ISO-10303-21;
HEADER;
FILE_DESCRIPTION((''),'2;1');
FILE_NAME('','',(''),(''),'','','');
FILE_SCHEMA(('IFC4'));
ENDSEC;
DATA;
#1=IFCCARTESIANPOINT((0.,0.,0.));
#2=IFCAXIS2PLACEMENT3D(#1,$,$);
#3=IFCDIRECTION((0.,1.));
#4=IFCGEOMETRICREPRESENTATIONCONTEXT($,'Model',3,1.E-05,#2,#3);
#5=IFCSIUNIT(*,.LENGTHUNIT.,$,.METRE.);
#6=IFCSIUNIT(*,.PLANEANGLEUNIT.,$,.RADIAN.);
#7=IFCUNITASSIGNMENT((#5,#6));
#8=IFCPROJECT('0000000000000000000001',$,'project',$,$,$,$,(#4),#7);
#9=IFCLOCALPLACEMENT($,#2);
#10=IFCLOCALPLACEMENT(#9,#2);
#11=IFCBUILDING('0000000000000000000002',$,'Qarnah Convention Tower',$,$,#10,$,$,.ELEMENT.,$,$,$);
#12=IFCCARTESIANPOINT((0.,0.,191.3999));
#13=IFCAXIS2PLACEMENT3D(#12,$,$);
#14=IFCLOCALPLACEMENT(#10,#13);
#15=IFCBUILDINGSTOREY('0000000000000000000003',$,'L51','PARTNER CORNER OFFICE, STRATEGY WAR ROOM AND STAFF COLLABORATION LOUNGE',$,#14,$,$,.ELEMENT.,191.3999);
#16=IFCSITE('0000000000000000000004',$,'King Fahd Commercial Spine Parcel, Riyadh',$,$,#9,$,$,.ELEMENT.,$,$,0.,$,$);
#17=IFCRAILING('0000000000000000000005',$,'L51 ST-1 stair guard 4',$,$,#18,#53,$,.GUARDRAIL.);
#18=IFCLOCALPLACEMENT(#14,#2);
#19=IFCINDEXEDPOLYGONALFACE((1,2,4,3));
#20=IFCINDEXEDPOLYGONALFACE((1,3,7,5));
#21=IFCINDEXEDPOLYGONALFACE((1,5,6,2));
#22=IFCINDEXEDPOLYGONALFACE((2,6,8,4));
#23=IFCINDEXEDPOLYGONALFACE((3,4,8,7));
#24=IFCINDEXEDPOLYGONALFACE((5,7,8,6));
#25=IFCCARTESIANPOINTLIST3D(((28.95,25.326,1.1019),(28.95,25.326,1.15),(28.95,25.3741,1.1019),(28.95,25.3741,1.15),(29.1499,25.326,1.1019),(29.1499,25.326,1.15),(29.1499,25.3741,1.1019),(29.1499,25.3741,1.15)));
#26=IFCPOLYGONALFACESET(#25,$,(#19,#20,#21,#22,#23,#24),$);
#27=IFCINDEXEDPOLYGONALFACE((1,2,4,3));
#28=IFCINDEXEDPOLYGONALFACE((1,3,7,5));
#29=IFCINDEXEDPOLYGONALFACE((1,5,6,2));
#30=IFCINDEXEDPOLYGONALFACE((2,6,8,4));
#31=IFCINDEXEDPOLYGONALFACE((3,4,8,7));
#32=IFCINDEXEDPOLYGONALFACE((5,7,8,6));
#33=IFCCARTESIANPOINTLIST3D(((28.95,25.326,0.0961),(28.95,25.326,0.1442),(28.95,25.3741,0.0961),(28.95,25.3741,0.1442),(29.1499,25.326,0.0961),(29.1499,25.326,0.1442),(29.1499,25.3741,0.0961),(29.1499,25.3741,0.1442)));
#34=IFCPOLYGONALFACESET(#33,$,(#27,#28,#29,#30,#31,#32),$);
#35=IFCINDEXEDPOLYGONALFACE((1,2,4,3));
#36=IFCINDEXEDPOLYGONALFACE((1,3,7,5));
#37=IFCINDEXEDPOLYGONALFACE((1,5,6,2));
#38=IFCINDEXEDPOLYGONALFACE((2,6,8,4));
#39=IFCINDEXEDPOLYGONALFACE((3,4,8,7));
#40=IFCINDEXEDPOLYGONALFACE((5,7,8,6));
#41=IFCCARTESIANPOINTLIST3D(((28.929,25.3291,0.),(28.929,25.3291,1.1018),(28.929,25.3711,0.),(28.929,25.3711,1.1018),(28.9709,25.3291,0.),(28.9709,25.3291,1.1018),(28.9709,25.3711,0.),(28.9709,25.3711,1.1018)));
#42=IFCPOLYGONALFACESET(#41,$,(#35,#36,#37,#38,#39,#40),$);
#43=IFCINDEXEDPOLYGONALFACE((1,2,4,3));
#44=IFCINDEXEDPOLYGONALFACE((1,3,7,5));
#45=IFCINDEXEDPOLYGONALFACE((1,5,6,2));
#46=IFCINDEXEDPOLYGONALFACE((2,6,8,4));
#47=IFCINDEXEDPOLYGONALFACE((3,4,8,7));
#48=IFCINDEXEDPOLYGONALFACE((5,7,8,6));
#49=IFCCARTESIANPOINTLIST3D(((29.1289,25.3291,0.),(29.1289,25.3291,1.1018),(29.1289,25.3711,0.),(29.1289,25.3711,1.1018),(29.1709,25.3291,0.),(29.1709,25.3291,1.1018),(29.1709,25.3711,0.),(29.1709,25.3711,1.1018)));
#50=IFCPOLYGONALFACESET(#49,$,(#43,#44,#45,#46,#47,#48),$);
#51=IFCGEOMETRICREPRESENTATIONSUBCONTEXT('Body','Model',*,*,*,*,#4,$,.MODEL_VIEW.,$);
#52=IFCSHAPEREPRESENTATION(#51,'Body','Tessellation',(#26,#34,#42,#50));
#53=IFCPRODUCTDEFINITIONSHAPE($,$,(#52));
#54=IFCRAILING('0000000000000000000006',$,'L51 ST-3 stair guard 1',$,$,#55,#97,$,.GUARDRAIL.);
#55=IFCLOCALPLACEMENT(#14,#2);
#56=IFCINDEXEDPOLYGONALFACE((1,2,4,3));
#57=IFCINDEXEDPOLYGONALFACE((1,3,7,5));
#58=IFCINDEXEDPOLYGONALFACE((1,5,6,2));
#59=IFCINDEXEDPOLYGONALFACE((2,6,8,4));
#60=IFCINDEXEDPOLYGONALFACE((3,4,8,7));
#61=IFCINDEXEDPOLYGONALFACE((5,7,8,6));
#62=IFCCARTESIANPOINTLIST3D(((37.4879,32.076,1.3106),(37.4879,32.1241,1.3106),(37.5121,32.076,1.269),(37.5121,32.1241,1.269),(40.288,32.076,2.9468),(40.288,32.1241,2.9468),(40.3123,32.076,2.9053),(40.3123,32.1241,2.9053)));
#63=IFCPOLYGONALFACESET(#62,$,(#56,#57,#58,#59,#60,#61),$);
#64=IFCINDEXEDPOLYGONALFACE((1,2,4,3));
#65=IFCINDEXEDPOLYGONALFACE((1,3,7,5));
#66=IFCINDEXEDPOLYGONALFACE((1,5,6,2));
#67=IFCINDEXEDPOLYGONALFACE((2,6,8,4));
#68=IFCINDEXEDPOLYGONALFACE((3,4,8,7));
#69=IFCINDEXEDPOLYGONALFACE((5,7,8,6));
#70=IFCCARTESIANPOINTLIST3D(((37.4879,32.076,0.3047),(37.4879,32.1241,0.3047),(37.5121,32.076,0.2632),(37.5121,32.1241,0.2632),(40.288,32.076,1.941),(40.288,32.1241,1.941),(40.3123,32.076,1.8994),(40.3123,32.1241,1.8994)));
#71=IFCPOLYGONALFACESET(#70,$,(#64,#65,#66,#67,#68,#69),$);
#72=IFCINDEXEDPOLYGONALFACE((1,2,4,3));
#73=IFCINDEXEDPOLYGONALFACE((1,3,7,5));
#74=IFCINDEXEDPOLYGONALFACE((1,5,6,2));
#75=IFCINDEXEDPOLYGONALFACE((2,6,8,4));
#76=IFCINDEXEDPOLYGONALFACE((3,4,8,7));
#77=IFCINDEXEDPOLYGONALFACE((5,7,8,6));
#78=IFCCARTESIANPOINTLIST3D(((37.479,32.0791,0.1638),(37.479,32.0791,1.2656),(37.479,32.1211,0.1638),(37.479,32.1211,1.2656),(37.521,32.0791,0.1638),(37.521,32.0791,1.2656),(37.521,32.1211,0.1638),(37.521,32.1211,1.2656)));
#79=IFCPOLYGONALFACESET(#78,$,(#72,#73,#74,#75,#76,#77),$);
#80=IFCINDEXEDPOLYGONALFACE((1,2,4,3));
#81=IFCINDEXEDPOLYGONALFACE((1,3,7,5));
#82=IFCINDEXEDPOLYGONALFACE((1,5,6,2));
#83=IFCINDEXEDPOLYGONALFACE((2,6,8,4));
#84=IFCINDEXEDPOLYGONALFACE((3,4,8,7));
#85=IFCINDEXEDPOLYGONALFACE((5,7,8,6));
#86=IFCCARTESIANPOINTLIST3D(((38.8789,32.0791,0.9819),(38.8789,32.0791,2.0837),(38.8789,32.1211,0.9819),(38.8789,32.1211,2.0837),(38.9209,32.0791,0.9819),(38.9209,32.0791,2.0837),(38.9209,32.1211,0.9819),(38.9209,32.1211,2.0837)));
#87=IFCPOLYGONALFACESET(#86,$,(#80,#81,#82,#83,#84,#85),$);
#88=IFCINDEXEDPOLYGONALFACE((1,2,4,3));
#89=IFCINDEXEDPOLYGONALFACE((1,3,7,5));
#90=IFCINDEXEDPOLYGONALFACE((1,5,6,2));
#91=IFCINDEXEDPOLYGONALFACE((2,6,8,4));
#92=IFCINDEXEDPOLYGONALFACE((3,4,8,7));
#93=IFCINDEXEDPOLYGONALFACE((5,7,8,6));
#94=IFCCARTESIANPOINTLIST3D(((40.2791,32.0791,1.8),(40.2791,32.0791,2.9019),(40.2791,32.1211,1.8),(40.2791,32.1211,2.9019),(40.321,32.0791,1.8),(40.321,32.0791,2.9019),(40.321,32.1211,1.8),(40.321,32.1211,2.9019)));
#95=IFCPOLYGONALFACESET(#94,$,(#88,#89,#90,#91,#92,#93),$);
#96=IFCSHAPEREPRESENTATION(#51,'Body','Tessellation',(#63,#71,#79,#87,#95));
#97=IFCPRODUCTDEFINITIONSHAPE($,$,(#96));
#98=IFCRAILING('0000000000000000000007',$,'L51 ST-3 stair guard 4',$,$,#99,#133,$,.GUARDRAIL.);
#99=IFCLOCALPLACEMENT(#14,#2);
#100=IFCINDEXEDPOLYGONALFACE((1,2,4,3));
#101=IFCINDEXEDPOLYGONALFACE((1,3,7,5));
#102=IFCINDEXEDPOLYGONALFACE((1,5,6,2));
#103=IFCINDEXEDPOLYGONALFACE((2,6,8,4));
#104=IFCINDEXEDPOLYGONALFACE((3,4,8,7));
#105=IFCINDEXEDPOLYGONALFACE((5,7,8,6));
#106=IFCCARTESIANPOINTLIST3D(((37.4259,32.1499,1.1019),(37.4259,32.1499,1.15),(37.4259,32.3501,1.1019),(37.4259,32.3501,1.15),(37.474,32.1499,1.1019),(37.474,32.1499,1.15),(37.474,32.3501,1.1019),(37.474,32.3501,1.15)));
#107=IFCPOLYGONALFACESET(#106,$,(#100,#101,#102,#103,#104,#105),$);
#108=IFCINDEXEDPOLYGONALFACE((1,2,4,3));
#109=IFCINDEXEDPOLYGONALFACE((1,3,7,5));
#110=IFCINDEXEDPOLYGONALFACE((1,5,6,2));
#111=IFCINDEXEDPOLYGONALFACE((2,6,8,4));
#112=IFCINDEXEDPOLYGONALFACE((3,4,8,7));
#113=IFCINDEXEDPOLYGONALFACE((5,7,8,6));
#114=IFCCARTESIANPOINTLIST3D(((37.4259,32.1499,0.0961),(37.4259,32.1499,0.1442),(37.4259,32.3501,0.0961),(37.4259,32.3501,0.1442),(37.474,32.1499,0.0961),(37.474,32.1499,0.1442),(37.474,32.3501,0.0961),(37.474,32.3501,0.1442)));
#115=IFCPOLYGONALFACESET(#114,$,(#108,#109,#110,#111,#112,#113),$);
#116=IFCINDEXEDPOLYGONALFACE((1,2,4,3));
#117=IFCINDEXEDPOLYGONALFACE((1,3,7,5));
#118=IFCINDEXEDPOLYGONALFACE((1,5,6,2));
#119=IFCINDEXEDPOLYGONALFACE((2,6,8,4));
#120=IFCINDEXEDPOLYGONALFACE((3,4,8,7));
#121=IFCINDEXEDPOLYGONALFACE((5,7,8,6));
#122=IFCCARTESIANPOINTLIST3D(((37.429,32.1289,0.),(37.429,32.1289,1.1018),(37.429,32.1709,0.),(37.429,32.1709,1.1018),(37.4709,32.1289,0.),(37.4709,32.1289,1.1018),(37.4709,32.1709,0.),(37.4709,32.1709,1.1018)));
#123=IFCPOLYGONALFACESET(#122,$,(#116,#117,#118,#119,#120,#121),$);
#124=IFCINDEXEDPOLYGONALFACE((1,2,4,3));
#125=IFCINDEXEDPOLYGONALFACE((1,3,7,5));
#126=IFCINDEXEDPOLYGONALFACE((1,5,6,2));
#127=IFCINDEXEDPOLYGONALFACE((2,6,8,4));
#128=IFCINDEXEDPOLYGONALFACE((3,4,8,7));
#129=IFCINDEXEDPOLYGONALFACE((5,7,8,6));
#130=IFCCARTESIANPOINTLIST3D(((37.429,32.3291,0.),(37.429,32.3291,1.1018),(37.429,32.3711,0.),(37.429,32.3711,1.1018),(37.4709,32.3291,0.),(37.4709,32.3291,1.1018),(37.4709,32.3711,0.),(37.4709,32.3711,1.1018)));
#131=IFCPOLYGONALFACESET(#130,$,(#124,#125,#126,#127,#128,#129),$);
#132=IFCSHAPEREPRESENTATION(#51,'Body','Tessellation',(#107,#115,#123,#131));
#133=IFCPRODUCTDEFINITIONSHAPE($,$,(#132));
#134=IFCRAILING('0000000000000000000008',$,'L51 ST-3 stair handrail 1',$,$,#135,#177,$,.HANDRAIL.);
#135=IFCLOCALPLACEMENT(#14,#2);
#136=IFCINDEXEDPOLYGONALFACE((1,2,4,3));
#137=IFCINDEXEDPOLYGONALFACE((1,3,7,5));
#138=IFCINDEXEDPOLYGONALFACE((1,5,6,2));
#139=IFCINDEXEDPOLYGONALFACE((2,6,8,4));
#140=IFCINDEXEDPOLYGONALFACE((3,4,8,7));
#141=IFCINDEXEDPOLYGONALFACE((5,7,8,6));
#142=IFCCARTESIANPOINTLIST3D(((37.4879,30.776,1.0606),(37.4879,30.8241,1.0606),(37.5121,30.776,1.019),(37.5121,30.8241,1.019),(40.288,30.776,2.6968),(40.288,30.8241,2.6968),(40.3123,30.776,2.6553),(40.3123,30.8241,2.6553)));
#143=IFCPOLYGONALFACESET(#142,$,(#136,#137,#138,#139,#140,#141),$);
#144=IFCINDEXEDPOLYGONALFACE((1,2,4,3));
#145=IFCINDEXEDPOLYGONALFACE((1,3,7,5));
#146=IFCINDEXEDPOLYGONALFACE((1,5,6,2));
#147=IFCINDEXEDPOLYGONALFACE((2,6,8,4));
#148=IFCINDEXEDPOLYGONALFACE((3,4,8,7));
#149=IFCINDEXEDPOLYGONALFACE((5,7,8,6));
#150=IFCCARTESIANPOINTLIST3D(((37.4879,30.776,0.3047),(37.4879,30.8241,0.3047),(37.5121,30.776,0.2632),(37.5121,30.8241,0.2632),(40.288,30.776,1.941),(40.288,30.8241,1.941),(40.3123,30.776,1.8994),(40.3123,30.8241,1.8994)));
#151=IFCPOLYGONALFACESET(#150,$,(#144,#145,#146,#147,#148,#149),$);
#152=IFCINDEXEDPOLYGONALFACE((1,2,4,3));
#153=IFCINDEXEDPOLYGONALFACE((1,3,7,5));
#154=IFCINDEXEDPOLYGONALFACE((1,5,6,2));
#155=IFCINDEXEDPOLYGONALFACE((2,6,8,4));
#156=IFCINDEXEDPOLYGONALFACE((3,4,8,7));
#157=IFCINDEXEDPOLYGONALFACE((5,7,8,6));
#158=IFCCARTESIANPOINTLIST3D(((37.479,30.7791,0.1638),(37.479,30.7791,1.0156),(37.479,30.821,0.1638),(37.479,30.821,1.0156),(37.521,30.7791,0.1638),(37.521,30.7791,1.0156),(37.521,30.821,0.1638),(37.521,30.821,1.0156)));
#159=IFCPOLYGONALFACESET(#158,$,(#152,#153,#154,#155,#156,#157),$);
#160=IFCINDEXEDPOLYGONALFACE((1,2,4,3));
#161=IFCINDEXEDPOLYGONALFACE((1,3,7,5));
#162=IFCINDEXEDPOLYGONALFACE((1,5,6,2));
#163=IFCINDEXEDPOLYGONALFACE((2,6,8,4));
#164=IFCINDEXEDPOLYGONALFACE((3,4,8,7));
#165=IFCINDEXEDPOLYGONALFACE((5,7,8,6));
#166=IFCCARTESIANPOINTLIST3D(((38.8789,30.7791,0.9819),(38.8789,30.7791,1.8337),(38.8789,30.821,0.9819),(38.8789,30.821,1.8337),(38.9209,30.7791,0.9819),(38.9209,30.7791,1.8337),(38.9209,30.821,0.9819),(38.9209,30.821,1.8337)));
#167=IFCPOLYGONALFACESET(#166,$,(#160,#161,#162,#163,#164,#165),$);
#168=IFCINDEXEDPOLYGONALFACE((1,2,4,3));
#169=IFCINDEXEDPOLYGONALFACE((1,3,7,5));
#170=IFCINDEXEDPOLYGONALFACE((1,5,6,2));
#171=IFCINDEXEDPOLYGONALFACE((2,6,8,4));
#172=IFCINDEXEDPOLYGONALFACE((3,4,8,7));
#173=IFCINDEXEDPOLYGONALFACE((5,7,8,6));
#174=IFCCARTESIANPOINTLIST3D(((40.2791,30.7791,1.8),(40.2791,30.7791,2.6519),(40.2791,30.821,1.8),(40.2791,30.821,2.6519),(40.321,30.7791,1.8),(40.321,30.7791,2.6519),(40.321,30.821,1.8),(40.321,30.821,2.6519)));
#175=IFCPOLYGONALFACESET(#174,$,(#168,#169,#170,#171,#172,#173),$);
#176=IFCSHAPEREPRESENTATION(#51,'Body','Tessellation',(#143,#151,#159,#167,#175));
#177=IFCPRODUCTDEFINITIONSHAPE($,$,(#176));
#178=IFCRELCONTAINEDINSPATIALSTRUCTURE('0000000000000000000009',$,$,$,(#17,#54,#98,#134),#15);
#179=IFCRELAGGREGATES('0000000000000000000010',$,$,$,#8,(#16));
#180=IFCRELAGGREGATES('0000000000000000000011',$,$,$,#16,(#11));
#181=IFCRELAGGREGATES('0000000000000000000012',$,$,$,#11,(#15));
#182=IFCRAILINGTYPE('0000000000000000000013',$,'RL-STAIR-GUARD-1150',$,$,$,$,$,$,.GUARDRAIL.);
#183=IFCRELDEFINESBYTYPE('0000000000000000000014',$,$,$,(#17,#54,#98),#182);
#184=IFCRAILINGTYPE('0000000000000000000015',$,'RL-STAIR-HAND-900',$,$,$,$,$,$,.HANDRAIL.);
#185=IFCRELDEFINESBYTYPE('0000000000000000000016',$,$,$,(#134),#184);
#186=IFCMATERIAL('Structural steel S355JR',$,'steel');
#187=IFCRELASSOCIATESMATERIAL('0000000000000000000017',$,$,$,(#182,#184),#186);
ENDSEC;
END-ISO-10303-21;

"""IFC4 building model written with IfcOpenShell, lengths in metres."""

from ifc_helpers import new_model, si_unit, direction, frame, origin, origin_2d, place, context, subcontext, project, spatial, rectangle, extrude, material, type_object, element, save


model = new_model("IFC4")

# Units and contexts
model_context = context("Model", 3, precision=1e-05, world=origin(), true_north=direction((0.0, 1.0)))
body_context = subcontext(model_context, "Body", "Model", "MODEL_VIEW")
ifc_project = project(units=[si_unit("LENGTHUNIT", "METRE"), si_unit("PLANEANGLEUNIT", "RADIAN")], contexts=[model_context])

# Site, building, storey
site_placement = place(None, origin())
site = spatial("IfcSite", under=ifc_project, at=site_placement, Name="King Fahd Commercial Spine Parcel, Riyadh", CompositionType="ELEMENT", RefElevation=0.0)
building_placement = place(site_placement, origin())
building = spatial("IfcBuilding", under=site, at=building_placement, Name="Qarnah Convention Tower", CompositionType="ELEMENT")
storey_placement = place(building_placement, frame((0.0, 0.0, 191.3999)))
storey = spatial("IfcBuildingStorey", under=building, at=storey_placement, Name="L51", Description="PARTNER CORNER OFFICE, STRATEGY WAR ROOM AND STAFF COLLABORATION LOUNGE", CompositionType="ELEMENT", Elevation=191.3999)

# Shared definitions
ifc_material_1 = material(Name="Structural steel S355JR", Category="steel")

# Railings
railing_type_1 = type_object("IfcRailingType", Name="RL-STAIR-GUARD-1150", PredefinedType="GUARDRAIL", material=ifc_material_1)
railing_1_placement = place(storey_placement, frame((28.95, 25.3501, 0.0)))
element("IfcRailing", 1, at=railing_1_placement, inside=storey, type_object=railing_type_1, Name="L51 ST-1 stair guard 4", PredefinedType="GUARDRAIL", context=body_context, shape_type="SweptSolid", body=[
    extrude(rectangle(XDim=0.0481, YDim=0.0481, at=origin_2d()), frame((0.0, 0.0, 1.126), z_axis=(1.0, 0.0, 0.0), x_axis=(0.0, 1.0, 0.0)), (0.0, 0.0, 1.0), 0.2),
    extrude(rectangle(XDim=0.0481, YDim=0.0481, at=origin_2d()), frame((0.0, 0.0, 0.1201), z_axis=(1.0, 0.0, 0.0), x_axis=(0.0, 1.0, 0.0)), (0.0, 0.0, 1.0), 0.2),
    extrude(rectangle(XDim=0.042, YDim=0.042, at=origin_2d()), origin(), (0.0, 0.0, 1.0), 1.1018),
    extrude(rectangle(XDim=0.042, YDim=0.042, at=origin_2d()), frame((0.2, 0.0, 0.0)), (0.0, 0.0, 1.0), 1.1018),
])
railing_2_placement = place(storey_placement, frame((37.5, 32.1001, 0.1638)))
element("IfcRailing", 2, at=railing_2_placement, inside=storey, type_object=railing_type_1, Name="L51 ST-3 stair guard 1", PredefinedType="GUARDRAIL", context=body_context, shape_type="SweptSolid", body=[
    extrude(rectangle(XDim=0.0481, YDim=0.0481, at=origin_2d()), frame((0.0, 0.0, 1.126), z_axis=(0.863394, 0.0, 0.504531), x_axis=(0.0, 1.0, 0.0)), (0.0, 0.0, 1.0), 3.2432),
    extrude(rectangle(XDim=0.0481, YDim=0.0481, at=origin_2d()), frame((0.0, 0.0, 0.1201), z_axis=(0.863394, 0.0, 0.504531), x_axis=(0.0, 1.0, 0.0)), (0.0, 0.0, 1.0), 3.2432),
    extrude(rectangle(XDim=0.042, YDim=0.042, at=origin_2d()), origin(), (0.0, 0.0, 1.0), 1.1018),
    extrude(rectangle(XDim=0.042, YDim=0.042, at=origin_2d()), frame((1.3999, 0.0, 0.8181)), (0.0, 0.0, 1.0), 1.1018),
    extrude(rectangle(XDim=0.042, YDim=0.042, at=origin_2d()), frame((2.8, 0.0, 1.6362)), (0.0, 0.0, 1.0), 1.1018),
])
railing_3_placement = place(storey_placement, frame((37.45, 32.1499, 0.0)))
element("IfcRailing", 3, at=railing_3_placement, inside=storey, type_object=railing_type_1, Name="L51 ST-3 stair guard 4", PredefinedType="GUARDRAIL", context=body_context, shape_type="SweptSolid", body=[
    extrude(rectangle(XDim=0.0481, YDim=0.0481, at=origin_2d()), frame((0.0, 0.0, 1.126), z_axis=(0.0, 1.0, 0.0), x_axis=(-1.0, 0.0, 0.0)), (0.0, 0.0, 1.0), 0.2002),
    extrude(rectangle(XDim=0.0481, YDim=0.0481, at=origin_2d()), frame((0.0, 0.0, 0.1201), z_axis=(0.0, 1.0, 0.0), x_axis=(-1.0, 0.0, 0.0)), (0.0, 0.0, 1.0), 0.2002),
    extrude(rectangle(XDim=0.042, YDim=0.042, at=origin_2d()), origin(), (0.0, 0.0, 1.0), 1.1018),
    extrude(rectangle(XDim=0.042, YDim=0.042, at=origin_2d()), frame((0.0, 0.2002, 0.0)), (0.0, 0.0, 1.0), 1.1018),
])
railing_type_2 = type_object("IfcRailingType", Name="RL-STAIR-HAND-900", PredefinedType="HANDRAIL", material=ifc_material_1)
railing_4_placement = place(storey_placement, frame((37.5, 30.8, 0.1638)))
element("IfcRailing", 4, at=railing_4_placement, inside=storey, type_object=railing_type_2, Name="L51 ST-3 stair handrail 1", PredefinedType="HANDRAIL", context=body_context, shape_type="SweptSolid", body=[
    extrude(rectangle(XDim=0.0481, YDim=0.0481, at=origin_2d()), frame((0.0, 0.0, 0.876), z_axis=(0.863394, 0.0, 0.504531), x_axis=(0.0, 1.0, 0.0)), (0.0, 0.0, 1.0), 3.2432),
    extrude(rectangle(XDim=0.0481, YDim=0.0481, at=origin_2d()), frame((0.0, 0.0, 0.1201), z_axis=(0.863394, 0.0, 0.504531), x_axis=(0.0, 1.0, 0.0)), (0.0, 0.0, 1.0), 3.2432),
    extrude(rectangle(XDim=0.042, YDim=0.042, at=origin_2d()), origin(), (0.0, 0.0, 1.0), 0.8518),
    extrude(rectangle(XDim=0.042, YDim=0.042, at=origin_2d()), frame((1.3999, 0.0, 0.8181)), (0.0, 0.0, 1.0), 0.8518),
    extrude(rectangle(XDim=0.042, YDim=0.042, at=origin_2d()), frame((2.8, 0.0, 1.6362)), (0.0, 0.0, 1.0), 0.8518),
])

save(model, "model.ifc")
